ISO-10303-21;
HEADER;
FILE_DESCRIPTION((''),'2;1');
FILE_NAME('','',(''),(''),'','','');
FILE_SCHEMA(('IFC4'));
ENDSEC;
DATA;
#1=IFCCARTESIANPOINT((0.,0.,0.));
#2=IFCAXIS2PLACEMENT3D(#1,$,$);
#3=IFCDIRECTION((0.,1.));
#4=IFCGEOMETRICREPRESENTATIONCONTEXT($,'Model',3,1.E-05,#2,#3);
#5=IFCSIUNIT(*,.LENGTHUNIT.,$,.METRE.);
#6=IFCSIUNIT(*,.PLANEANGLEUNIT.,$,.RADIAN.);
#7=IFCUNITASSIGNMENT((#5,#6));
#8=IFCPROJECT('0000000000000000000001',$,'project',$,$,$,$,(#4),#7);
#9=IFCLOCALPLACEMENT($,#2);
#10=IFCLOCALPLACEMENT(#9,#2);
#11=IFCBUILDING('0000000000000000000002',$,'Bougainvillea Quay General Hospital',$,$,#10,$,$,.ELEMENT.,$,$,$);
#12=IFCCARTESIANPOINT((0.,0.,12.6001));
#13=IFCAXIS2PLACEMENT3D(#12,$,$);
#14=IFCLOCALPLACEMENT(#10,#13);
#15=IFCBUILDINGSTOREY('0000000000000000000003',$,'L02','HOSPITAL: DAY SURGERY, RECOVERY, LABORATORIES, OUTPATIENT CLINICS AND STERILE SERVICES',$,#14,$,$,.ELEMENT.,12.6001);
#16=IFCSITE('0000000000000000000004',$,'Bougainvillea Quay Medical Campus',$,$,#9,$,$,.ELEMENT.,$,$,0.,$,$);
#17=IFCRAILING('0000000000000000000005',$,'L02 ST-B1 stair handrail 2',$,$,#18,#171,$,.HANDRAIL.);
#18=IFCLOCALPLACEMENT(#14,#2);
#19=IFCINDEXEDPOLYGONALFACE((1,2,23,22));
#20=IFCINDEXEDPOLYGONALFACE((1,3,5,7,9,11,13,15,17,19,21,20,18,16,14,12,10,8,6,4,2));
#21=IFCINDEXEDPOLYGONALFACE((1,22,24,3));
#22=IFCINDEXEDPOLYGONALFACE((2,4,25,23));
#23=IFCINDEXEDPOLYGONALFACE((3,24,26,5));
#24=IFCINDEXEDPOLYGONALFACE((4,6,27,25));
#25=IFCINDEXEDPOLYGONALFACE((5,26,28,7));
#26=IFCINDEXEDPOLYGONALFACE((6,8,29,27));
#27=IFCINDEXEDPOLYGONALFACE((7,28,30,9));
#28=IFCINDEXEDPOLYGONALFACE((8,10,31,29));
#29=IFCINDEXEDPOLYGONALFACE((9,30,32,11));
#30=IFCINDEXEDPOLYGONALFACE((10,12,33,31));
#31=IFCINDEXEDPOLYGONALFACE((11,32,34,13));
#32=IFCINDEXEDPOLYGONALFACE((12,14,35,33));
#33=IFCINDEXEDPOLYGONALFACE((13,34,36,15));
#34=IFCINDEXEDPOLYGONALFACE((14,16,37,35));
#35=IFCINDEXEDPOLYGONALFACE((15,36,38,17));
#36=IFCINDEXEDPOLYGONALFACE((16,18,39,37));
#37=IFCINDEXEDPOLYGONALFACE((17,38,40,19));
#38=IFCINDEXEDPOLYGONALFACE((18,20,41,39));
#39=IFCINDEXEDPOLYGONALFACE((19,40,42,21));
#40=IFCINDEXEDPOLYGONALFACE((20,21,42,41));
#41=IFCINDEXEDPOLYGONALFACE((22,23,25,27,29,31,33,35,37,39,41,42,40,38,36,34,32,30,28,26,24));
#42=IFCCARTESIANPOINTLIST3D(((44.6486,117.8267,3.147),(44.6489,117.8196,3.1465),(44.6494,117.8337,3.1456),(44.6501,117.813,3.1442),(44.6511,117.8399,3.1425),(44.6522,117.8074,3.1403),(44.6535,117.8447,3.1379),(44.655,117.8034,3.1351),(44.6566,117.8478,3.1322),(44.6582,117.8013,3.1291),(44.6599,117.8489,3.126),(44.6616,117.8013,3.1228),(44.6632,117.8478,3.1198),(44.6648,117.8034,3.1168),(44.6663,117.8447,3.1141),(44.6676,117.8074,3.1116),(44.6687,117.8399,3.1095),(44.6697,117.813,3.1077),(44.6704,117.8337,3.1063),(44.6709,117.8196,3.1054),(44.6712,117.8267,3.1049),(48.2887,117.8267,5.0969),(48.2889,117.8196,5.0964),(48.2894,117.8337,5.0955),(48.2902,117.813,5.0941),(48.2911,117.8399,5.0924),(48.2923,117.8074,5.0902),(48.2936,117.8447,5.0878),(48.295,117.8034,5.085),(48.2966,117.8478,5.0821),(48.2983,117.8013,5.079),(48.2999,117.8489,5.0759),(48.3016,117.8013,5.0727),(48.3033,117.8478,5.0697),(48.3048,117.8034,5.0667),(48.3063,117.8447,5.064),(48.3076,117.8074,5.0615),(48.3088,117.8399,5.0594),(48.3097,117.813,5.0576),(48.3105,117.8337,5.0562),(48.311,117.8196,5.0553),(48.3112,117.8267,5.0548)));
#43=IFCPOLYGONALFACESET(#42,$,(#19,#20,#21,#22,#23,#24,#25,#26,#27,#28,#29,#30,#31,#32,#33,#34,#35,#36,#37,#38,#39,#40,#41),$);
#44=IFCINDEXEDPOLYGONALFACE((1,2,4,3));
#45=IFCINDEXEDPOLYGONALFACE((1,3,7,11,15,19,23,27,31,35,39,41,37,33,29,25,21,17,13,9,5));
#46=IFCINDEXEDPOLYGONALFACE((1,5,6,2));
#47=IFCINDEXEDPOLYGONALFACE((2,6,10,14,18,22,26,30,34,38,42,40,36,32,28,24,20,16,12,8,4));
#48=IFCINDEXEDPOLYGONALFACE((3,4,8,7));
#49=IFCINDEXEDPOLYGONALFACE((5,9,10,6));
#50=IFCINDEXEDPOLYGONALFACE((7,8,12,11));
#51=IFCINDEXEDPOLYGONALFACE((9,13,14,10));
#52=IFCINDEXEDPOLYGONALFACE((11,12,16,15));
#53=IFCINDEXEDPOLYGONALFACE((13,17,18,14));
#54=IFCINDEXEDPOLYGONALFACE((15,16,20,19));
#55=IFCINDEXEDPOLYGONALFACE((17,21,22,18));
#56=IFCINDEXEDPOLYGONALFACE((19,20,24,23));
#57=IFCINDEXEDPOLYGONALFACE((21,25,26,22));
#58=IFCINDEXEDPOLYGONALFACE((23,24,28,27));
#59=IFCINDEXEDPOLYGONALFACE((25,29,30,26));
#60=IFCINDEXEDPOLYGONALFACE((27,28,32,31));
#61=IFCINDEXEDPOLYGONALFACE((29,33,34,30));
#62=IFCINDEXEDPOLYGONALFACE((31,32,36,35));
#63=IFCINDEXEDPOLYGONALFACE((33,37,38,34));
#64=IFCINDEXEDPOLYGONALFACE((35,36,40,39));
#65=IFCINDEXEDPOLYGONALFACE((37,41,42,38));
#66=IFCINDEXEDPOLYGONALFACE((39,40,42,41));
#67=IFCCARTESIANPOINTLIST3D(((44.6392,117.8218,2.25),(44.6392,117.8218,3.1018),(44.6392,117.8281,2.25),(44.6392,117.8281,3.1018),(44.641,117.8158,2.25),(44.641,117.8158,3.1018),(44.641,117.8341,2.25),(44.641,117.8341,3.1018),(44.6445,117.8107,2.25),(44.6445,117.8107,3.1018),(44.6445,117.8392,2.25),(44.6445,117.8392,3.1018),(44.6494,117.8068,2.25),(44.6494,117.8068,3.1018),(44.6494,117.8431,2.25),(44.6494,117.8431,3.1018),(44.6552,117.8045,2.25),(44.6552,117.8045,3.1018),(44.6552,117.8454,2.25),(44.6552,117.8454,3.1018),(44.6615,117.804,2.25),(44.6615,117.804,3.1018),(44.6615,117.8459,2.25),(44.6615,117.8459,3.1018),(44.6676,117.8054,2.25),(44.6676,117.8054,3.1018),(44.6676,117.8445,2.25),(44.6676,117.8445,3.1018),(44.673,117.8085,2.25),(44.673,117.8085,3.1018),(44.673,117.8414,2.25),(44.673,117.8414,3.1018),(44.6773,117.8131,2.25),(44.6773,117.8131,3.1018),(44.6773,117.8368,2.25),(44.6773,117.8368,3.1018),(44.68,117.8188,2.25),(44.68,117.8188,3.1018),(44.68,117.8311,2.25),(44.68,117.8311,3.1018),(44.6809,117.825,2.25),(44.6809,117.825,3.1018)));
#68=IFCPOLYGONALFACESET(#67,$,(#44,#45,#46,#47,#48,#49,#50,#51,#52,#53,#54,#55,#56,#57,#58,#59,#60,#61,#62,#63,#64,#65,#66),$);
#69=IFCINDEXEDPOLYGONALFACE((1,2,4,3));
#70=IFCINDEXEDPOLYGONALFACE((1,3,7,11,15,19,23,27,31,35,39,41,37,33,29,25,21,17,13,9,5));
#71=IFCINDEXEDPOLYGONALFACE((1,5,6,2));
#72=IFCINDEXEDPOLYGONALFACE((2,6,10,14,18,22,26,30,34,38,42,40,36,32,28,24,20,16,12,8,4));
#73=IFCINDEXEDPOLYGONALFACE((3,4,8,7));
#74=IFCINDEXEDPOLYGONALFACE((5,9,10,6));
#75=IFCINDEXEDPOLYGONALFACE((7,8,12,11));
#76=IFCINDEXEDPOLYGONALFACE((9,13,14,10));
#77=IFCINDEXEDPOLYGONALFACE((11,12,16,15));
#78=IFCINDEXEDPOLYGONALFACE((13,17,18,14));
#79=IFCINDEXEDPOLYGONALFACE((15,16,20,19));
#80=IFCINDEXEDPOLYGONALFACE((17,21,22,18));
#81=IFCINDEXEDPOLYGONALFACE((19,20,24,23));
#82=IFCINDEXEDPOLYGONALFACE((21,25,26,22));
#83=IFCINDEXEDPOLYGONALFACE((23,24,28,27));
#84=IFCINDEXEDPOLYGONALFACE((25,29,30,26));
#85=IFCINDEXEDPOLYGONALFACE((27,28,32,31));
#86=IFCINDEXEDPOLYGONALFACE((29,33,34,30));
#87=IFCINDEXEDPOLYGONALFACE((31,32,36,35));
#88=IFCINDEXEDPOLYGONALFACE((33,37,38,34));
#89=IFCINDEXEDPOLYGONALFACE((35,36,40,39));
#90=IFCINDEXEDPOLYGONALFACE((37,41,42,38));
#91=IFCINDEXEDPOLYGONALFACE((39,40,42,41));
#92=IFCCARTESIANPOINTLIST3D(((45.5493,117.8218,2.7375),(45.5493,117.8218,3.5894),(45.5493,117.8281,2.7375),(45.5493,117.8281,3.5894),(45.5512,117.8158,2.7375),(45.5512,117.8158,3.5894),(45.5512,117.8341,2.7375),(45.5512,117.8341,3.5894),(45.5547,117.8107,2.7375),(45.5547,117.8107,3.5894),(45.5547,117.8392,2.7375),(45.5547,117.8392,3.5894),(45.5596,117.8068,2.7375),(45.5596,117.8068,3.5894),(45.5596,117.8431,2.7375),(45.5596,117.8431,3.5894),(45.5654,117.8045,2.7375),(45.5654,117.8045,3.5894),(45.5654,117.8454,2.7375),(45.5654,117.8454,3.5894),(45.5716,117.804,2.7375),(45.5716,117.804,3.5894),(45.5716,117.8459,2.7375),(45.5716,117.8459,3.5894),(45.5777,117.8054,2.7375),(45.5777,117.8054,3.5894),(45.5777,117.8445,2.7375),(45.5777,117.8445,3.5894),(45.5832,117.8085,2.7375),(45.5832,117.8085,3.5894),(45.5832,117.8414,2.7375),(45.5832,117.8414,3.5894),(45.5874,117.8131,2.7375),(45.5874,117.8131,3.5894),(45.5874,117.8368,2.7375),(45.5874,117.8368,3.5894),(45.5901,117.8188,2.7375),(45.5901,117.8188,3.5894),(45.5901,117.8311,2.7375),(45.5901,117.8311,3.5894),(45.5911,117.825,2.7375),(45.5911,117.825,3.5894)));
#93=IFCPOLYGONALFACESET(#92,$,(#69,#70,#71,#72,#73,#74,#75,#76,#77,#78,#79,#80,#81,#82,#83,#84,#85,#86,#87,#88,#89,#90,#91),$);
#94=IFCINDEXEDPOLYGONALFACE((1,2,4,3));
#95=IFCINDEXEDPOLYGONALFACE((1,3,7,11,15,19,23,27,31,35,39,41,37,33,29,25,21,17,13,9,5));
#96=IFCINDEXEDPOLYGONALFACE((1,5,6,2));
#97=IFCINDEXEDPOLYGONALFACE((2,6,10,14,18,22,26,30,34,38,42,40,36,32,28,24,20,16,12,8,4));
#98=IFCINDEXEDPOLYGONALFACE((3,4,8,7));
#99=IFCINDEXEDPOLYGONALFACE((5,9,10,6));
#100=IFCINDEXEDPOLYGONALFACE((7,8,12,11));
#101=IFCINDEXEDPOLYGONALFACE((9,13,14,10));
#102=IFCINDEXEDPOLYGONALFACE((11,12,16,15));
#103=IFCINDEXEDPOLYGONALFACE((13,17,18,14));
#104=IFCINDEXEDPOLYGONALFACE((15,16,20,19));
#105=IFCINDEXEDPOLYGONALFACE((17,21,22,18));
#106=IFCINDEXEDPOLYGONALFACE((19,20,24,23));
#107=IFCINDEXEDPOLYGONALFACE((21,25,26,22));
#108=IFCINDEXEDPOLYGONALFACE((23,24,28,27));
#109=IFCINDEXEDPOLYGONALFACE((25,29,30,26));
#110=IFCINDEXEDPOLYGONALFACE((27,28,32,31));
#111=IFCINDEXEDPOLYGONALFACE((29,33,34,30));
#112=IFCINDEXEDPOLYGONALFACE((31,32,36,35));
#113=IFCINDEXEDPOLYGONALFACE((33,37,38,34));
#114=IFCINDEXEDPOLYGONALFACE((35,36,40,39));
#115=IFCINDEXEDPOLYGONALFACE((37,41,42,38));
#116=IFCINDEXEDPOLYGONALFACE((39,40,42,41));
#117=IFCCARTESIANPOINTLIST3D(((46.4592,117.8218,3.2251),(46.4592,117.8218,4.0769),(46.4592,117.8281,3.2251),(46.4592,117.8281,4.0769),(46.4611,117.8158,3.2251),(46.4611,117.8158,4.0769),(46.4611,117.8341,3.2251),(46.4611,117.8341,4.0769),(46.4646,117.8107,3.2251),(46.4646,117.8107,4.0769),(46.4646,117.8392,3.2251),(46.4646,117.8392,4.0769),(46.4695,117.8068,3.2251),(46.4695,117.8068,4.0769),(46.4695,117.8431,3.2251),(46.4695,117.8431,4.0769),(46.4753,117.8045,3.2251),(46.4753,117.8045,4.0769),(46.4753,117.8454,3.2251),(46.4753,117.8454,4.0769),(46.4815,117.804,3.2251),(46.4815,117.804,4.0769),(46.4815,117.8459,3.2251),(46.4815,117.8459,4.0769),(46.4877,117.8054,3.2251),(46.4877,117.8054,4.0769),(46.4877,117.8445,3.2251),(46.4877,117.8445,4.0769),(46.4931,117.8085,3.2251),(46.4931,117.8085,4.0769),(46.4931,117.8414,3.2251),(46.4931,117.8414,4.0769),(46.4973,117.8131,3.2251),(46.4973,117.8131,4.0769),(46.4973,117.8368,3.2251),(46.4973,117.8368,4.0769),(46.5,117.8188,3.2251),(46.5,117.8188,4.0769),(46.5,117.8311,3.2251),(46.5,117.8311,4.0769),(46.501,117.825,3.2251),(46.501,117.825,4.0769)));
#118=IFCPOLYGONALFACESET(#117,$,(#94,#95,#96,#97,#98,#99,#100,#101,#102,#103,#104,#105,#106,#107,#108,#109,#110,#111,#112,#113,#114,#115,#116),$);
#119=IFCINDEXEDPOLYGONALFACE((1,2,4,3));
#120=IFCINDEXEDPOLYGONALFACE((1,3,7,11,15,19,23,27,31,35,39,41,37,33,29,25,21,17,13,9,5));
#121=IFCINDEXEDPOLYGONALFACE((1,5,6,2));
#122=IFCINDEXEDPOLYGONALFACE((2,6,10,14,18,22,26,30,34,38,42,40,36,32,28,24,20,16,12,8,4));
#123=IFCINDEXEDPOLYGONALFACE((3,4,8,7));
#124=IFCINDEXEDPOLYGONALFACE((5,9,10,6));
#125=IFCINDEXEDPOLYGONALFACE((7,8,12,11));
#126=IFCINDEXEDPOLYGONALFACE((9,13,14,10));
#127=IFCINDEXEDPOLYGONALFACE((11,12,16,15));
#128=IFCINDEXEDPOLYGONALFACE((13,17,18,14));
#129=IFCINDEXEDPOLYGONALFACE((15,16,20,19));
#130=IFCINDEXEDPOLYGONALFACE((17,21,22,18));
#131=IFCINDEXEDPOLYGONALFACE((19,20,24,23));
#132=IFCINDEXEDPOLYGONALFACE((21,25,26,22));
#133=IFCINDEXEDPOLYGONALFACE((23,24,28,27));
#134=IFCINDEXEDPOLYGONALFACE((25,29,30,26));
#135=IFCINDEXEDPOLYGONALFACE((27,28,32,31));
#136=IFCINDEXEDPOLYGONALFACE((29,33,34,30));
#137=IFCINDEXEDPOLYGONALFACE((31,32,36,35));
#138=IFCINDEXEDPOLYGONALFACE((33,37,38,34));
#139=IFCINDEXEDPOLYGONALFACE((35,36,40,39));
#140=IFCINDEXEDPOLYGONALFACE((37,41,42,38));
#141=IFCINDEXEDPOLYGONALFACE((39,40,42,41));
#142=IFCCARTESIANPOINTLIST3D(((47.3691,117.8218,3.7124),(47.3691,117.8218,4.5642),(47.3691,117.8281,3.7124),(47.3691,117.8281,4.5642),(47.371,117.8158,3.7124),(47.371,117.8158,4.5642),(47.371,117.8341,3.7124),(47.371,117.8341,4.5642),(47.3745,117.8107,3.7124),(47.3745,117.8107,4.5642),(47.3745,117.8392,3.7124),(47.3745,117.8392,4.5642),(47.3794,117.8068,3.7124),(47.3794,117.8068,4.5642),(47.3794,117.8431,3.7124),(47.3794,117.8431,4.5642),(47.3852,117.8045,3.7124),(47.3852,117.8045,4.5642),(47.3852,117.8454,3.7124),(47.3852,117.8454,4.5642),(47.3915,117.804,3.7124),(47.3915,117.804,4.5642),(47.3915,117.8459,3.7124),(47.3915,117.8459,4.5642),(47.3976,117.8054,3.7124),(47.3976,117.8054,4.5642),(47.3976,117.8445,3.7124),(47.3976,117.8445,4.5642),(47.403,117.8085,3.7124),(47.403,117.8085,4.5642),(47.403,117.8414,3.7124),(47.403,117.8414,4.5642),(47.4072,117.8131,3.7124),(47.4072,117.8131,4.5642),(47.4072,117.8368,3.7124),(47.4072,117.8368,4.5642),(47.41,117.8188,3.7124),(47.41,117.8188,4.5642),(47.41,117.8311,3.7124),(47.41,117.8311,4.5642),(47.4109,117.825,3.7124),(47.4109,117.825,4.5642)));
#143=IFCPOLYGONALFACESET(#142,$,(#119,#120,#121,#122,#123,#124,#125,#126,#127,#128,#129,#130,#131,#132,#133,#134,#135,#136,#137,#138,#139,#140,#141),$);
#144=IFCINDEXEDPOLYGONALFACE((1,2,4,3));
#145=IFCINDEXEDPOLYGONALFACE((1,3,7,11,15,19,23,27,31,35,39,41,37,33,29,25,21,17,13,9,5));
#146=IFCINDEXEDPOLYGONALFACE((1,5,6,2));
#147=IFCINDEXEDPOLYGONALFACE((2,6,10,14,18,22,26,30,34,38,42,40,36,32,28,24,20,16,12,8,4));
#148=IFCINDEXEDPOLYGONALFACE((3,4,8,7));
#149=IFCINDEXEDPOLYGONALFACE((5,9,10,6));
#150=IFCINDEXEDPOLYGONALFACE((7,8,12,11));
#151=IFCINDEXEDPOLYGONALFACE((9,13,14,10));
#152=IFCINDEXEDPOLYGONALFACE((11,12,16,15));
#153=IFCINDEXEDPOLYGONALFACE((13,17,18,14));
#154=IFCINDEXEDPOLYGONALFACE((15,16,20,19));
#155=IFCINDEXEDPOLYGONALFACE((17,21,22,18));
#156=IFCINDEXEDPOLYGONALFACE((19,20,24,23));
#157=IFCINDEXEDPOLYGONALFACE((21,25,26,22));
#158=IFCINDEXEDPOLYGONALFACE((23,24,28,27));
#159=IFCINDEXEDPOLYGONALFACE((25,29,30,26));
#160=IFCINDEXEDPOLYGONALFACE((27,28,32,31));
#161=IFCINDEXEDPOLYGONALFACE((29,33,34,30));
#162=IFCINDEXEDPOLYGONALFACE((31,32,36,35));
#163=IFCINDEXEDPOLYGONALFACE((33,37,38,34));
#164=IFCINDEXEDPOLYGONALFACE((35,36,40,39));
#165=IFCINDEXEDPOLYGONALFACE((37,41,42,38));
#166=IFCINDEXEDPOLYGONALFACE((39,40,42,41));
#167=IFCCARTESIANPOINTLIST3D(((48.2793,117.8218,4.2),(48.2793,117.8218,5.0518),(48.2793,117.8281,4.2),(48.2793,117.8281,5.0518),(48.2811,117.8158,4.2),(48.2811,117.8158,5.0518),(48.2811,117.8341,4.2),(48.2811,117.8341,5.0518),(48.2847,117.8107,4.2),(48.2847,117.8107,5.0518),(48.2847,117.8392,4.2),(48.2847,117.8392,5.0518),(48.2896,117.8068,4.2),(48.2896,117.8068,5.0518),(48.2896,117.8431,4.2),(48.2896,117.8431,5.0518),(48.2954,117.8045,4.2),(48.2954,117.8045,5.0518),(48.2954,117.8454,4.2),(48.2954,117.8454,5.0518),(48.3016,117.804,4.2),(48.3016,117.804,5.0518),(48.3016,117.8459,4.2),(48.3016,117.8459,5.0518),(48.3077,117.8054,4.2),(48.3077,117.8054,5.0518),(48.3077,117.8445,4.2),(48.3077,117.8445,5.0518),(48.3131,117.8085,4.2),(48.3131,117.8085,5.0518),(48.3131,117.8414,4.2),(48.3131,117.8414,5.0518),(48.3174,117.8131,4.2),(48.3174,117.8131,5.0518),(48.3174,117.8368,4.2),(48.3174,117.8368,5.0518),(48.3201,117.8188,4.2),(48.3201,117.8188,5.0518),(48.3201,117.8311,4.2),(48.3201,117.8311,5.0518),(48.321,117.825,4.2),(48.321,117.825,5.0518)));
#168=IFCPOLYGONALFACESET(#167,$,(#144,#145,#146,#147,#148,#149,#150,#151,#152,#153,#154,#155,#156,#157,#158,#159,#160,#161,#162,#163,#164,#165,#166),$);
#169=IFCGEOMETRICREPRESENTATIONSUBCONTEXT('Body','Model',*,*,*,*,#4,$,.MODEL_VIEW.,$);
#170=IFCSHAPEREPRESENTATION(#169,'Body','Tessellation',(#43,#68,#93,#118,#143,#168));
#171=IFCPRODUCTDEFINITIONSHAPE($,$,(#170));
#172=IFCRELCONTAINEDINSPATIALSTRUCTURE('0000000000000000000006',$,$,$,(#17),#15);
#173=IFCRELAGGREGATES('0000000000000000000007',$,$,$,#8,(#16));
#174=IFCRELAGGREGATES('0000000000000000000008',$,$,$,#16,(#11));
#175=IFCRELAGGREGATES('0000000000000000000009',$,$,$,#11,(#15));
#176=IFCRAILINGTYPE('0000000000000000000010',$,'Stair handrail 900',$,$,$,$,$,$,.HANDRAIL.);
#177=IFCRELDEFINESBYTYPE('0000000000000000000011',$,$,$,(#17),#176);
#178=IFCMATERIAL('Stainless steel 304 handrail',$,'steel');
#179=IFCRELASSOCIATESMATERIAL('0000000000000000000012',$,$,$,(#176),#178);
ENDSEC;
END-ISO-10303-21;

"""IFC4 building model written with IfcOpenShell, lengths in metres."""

from ifc_helpers import new_model, si_unit, direction, frame, origin, origin_2d, place, context, subcontext, project, spatial, circle, extrude, material, type_object, element, save


model = new_model("IFC4")

# Units and contexts
model_context = context("Model", 3, precision=1e-05, world=origin(), true_north=direction((0.0, 1.0)))
body_context = subcontext(model_context, "Body", "Model", "MODEL_VIEW")
ifc_project = project(units=[si_unit("LENGTHUNIT", "METRE"), si_unit("PLANEANGLEUNIT", "RADIAN")], contexts=[model_context])

# Site, building, storey
site_placement = place(None, origin())
site = spatial("IfcSite", under=ifc_project, at=site_placement, Name="Bougainvillea Quay Medical Campus", CompositionType="ELEMENT", RefElevation=0.0)
building_placement = place(site_placement, origin())
building = spatial("IfcBuilding", under=site, at=building_placement, Name="Bougainvillea Quay General Hospital", CompositionType="ELEMENT")
storey_placement = place(building_placement, frame((0.0, 0.0, 12.6001)))
storey = spatial("IfcBuildingStorey", under=building, at=storey_placement, Name="L02", Description="HOSPITAL: DAY SURGERY, RECOVERY, LABORATORIES, OUTPATIENT CLINICS AND STERILE SERVICES", CompositionType="ELEMENT", Elevation=12.6001)

# Railing
ifc_material_1 = material(Name="Stainless steel 304 handrail", Category="steel")
railing_type_1 = type_object("IfcRailingType", Name="Stair handrail 900", PredefinedType="HANDRAIL", material=ifc_material_1)
railing_1_placement = place(storey_placement, frame((44.6599, 117.825, 2.25)))
element("IfcRailing", 1, at=railing_1_placement, inside=storey, type_object=railing_type_1, Name="L02 ST-B1 stair handrail 2", PredefinedType="HANDRAIL", context=body_context, shape_type="SweptSolid", body=[
    extrude(circle(Radius=0.0239, at=origin_2d()), frame((0.0, 0.0, 0.876), z_axis=(0.881492, 0.0, 0.472198), x_axis=(0.0, 1.0, 0.0)), (0.0, 0.0, 1.0), 4.1294),
    extrude(circle(Radius=0.021, at=origin_2d()), origin(), (0.0, 0.0, 1.0), 0.8518),
    extrude(circle(Radius=0.021, at=origin_2d()), frame((0.9102, 0.0, 0.4875)), (0.0, 0.0, 1.0), 0.8518),
    extrude(circle(Radius=0.021, at=origin_2d()), frame((1.8201, 0.0, 0.9751)), (0.0, 0.0, 1.0), 0.8518),
    extrude(circle(Radius=0.021, at=origin_2d()), frame((2.73, 0.0, 1.4624)), (0.0, 0.0, 1.0), 0.8518),
    extrude(circle(Radius=0.021, at=origin_2d()), frame((3.6401, 0.0, 1.95)), (0.0, 0.0, 1.0), 0.8518),
])

save(model, "model.ifc")
